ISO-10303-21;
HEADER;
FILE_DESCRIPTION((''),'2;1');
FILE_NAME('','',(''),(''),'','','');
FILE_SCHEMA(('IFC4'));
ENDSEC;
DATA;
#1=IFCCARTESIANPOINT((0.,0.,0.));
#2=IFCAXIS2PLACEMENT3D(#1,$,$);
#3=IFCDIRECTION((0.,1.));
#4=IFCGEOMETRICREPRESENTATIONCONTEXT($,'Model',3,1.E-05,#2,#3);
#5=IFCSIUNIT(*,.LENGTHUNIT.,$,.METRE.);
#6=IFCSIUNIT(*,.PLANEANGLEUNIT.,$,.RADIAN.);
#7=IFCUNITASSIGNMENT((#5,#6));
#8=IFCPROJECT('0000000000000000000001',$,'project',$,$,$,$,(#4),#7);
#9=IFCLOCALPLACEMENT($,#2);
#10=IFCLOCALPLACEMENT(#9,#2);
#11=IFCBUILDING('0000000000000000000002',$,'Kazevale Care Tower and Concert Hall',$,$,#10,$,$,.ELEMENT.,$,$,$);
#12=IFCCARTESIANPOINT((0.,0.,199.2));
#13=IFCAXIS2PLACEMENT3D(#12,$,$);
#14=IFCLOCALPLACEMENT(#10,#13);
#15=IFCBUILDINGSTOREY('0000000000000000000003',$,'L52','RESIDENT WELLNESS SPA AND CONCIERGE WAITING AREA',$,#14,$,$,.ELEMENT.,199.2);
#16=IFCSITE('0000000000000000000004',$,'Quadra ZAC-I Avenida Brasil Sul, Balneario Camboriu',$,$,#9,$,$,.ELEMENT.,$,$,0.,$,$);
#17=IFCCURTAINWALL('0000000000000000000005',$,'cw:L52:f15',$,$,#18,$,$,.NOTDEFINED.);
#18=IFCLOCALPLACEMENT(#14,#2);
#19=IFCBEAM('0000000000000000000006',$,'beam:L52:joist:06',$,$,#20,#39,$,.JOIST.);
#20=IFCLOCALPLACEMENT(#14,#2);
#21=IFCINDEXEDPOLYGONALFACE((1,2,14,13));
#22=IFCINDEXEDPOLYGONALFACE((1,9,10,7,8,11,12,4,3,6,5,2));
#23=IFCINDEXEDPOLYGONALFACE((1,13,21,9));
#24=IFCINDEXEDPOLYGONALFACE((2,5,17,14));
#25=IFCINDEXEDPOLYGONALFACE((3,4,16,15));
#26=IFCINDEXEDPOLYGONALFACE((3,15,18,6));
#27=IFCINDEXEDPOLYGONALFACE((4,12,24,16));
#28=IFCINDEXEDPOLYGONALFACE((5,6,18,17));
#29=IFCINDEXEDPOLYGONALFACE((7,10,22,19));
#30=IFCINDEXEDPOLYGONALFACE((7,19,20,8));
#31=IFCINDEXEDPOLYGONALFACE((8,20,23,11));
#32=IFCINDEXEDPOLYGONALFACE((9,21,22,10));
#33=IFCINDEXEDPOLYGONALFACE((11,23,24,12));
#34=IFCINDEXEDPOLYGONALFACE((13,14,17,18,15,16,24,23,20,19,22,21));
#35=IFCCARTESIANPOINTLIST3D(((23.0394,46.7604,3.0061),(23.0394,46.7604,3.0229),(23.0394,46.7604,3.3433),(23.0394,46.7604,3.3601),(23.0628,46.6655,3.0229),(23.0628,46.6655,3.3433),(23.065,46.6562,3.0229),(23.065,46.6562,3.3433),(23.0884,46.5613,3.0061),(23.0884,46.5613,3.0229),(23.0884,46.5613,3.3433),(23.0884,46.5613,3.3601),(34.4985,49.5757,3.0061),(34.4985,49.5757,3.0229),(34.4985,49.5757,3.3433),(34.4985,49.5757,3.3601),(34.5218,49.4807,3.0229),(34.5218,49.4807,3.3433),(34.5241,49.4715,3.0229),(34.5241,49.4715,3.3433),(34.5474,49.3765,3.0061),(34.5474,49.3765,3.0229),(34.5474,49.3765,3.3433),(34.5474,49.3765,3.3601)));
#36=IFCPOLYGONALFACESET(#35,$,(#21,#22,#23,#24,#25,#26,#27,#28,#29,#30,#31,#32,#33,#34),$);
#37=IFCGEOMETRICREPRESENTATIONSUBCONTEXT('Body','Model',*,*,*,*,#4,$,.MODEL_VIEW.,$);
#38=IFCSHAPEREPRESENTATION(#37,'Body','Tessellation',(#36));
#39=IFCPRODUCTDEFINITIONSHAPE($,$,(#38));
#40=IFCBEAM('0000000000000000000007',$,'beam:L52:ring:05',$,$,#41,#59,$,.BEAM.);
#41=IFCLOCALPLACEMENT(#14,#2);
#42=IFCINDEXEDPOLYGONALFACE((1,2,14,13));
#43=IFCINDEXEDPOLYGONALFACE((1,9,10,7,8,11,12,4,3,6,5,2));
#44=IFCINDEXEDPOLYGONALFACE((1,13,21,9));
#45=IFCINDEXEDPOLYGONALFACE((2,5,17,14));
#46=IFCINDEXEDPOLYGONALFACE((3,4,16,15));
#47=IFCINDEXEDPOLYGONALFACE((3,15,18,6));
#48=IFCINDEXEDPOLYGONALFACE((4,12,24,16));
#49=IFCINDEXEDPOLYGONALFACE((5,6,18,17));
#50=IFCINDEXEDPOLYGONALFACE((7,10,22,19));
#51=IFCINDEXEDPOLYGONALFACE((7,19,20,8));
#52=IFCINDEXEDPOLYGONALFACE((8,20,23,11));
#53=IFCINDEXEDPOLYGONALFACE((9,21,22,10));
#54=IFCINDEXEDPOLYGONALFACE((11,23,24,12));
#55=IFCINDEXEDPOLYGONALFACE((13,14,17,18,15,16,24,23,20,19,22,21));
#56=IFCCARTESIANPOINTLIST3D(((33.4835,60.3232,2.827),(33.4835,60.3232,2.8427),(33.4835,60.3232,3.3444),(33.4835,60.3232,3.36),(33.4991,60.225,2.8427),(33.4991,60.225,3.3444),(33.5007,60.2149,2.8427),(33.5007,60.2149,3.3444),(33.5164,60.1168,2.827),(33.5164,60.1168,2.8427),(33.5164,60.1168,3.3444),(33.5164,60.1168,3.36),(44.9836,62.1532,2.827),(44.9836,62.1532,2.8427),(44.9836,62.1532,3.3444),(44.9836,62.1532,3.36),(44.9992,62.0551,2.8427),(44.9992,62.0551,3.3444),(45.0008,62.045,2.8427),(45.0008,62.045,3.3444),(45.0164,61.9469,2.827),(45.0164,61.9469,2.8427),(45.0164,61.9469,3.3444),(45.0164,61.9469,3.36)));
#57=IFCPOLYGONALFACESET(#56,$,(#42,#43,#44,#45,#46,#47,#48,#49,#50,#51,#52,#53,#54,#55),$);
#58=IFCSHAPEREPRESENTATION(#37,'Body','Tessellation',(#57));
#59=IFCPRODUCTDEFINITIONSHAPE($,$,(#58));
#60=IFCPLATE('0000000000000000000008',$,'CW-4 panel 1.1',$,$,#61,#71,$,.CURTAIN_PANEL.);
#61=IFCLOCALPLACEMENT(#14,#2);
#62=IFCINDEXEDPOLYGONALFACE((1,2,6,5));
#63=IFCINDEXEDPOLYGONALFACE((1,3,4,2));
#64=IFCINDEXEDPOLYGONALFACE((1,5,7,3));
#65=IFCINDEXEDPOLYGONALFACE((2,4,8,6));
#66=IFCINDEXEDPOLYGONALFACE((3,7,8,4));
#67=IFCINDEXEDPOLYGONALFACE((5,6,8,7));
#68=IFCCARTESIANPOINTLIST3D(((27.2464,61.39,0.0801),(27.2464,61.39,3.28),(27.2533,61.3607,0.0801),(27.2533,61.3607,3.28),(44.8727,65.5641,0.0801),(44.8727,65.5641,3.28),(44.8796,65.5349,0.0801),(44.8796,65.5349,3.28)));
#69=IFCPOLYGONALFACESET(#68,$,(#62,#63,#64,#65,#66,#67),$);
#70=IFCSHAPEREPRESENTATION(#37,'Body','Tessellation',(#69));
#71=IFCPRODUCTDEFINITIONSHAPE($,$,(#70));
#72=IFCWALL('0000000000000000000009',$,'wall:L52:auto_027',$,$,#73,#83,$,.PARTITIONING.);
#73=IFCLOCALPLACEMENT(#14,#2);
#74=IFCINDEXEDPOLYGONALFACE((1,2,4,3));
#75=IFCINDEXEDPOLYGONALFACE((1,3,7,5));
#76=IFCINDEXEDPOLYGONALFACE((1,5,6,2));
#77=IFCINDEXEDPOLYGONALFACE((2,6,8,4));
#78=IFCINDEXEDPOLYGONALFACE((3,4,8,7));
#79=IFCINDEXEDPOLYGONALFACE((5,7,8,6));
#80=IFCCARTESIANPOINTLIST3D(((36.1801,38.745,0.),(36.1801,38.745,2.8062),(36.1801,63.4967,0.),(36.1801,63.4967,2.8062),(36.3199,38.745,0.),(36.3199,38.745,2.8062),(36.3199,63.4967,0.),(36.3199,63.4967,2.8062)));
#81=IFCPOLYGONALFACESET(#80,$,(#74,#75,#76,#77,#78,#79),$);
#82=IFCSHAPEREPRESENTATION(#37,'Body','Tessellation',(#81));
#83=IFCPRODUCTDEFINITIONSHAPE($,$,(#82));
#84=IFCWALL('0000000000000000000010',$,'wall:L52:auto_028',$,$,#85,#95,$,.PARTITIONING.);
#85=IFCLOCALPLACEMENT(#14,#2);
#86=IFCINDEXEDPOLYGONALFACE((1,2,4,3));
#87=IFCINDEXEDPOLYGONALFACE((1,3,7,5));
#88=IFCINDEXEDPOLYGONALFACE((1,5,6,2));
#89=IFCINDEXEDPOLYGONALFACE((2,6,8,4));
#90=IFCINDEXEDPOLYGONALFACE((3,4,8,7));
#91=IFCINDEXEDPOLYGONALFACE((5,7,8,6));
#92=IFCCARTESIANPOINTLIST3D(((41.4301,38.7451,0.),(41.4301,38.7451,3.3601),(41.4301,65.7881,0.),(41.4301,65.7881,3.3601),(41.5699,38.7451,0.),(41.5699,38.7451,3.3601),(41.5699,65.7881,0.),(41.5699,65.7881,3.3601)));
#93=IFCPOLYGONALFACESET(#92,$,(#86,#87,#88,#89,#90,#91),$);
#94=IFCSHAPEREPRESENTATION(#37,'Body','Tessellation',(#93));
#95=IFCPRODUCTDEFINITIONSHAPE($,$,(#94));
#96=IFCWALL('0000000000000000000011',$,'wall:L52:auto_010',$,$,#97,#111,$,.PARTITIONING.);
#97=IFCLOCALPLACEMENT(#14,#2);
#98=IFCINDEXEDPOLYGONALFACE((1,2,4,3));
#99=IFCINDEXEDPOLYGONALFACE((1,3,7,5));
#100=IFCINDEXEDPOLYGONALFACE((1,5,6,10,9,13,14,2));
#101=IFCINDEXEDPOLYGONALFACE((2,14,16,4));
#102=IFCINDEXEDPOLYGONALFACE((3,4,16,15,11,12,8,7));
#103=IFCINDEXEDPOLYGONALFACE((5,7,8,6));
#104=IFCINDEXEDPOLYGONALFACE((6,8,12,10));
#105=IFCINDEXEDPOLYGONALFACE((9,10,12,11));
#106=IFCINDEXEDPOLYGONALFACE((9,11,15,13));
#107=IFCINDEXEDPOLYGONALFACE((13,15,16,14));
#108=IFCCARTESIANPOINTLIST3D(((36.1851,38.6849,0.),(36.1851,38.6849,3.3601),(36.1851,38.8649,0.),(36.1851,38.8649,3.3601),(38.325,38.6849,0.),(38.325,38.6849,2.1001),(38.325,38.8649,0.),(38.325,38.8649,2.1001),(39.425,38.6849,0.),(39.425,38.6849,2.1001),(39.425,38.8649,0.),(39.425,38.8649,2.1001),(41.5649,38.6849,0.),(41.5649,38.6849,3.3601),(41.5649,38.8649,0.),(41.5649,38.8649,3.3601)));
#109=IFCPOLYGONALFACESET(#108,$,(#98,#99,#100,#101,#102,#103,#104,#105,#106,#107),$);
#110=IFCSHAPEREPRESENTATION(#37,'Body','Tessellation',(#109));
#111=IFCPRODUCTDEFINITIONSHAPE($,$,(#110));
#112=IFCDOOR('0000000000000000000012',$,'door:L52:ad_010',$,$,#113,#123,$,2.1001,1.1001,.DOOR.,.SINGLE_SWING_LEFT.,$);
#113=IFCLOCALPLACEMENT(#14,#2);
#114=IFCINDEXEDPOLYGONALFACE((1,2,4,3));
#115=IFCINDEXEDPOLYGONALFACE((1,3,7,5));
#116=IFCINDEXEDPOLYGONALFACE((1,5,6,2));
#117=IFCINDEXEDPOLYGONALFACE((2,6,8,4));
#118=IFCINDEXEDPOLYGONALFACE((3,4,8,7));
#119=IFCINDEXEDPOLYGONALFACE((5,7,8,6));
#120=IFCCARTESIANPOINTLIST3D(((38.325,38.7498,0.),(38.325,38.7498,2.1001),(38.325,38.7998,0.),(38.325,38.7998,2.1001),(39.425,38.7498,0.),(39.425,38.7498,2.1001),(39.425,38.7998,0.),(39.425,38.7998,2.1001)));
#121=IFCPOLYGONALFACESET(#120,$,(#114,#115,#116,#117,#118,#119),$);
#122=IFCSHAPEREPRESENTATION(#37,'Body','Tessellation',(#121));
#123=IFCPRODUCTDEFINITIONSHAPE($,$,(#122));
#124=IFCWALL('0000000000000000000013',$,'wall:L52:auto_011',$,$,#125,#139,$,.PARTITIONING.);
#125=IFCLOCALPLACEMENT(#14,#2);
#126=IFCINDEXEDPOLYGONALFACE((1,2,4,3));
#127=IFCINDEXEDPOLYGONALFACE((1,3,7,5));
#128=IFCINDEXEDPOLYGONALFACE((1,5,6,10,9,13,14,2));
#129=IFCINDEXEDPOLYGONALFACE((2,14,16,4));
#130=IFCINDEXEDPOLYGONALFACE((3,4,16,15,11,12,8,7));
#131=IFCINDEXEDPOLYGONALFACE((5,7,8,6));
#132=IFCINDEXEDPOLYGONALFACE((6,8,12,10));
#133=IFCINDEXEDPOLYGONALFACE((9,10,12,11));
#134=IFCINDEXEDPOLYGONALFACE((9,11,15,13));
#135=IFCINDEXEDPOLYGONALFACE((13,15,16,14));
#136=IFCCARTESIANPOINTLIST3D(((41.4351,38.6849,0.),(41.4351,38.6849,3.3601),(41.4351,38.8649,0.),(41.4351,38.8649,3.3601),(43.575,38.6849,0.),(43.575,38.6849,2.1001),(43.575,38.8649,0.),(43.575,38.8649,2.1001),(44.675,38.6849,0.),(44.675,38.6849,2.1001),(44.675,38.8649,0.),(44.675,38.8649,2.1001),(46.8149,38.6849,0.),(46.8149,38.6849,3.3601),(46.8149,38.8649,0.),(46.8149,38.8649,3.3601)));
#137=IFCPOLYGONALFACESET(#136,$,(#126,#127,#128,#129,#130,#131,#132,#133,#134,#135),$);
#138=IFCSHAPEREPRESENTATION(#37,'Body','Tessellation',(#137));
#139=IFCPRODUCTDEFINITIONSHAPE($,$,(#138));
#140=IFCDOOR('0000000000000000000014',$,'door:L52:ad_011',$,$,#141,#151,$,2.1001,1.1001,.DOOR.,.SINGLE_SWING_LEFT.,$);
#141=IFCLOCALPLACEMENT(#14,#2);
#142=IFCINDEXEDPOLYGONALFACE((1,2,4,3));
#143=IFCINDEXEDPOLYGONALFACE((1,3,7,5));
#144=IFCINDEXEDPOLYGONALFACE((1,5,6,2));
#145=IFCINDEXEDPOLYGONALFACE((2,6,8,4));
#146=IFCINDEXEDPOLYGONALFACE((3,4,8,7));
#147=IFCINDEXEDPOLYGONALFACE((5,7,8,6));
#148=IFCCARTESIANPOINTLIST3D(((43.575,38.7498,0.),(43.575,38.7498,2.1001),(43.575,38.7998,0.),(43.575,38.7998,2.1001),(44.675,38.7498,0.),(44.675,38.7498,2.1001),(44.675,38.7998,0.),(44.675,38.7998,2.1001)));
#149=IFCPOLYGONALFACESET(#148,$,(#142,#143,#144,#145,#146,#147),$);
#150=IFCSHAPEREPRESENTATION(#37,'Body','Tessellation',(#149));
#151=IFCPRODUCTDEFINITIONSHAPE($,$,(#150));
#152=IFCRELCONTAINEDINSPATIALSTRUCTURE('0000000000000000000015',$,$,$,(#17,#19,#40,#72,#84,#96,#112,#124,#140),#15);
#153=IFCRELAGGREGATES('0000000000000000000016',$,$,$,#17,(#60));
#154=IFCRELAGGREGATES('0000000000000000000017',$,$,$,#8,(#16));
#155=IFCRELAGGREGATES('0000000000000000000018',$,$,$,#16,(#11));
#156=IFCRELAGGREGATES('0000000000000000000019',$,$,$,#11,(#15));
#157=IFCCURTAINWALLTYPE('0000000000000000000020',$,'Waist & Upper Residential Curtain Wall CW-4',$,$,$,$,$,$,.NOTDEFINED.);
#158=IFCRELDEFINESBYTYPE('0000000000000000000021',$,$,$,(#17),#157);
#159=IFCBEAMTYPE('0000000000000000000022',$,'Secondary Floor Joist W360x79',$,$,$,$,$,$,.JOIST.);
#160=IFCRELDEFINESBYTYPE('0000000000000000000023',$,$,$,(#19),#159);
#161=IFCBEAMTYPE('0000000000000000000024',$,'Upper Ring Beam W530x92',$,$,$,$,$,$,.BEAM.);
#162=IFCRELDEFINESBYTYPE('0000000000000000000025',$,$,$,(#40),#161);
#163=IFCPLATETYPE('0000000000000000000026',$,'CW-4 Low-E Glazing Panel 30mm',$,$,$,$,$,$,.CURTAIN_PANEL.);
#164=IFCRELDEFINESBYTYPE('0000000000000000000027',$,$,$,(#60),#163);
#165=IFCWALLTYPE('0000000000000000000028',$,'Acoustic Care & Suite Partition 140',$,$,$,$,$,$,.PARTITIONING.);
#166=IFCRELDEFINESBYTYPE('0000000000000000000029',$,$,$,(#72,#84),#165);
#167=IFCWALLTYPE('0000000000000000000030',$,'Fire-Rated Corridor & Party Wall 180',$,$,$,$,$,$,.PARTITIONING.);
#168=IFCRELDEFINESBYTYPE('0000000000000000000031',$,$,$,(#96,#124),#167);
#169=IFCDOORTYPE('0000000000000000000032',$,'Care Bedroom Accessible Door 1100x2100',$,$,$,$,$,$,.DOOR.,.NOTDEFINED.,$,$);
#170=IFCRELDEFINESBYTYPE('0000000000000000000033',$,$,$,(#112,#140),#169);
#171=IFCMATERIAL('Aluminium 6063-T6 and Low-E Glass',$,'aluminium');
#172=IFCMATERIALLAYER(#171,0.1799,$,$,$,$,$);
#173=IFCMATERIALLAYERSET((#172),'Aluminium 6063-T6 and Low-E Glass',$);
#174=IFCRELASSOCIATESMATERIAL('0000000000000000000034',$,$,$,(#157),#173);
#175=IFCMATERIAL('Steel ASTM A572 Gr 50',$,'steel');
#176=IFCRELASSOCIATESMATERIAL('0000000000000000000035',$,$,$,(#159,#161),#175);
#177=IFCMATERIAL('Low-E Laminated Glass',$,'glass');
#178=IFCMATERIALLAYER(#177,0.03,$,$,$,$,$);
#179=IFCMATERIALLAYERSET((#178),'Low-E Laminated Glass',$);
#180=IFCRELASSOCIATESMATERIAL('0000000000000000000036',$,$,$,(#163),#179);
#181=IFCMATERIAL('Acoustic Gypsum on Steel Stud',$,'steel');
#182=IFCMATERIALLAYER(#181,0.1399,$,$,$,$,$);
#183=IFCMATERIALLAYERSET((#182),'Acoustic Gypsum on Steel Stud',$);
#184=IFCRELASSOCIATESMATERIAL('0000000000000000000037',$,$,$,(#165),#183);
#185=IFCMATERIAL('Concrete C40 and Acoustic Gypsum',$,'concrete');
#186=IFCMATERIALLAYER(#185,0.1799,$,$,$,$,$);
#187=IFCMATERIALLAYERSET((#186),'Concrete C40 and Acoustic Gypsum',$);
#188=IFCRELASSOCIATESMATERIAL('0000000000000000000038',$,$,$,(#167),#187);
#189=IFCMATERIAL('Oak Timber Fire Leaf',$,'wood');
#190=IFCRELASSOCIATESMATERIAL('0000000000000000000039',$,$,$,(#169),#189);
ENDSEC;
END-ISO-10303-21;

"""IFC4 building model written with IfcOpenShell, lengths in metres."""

from ifc_helpers import new_model, si_unit, direction, frame, frame_2d, origin, origin_2d, place, context, subcontext, project, spatial, rectangle, i_section, extrude, material, layer, layer_set, material_profile, profile_set, type_object, element, fill, aggregate, save


model = new_model("IFC4")

# Units and contexts
model_context = context("Model", 3, precision=1e-05, world=origin(), true_north=direction((0.0, 1.0)))
body_context = subcontext(model_context, "Body", "Model", "MODEL_VIEW")
ifc_project = project(units=[si_unit("LENGTHUNIT", "METRE"), si_unit("PLANEANGLEUNIT", "RADIAN")], contexts=[model_context])

# Site, building, storey
site_placement = place(None, origin())
site = spatial("IfcSite", under=ifc_project, at=site_placement, Name="Quadra ZAC-I Avenida Brasil Sul, Balneario Camboriu", CompositionType="ELEMENT", RefElevation=0.0)
building_placement = place(site_placement, origin())
building = spatial("IfcBuilding", under=site, at=building_placement, Name="Kazevale Care Tower and Concert Hall", CompositionType="ELEMENT")
storey_placement = place(building_placement, frame((0.0, 0.0, 199.2)))
storey = spatial("IfcBuildingStorey", under=building, at=storey_placement, Name="L52", Description="RESIDENT WELLNESS SPA AND CONCIERGE WAITING AREA", CompositionType="ELEMENT", Elevation=199.2)

# Shared definitions
ifc_material_1 = material(Name="Aluminium 6063-T6 and Low-E Glass", Category="aluminium")

# Curtain wall
ifc_layer_1 = layer(ifc_material_1, 0.1799)
ifc_layer_set_1 = layer_set([ifc_layer_1], Name="Aluminium 6063-T6 and Low-E Glass")
curtain_wall_type_1 = type_object("IfcCurtainWallType", Name="Waist & Upper Residential Curtain Wall CW-4", PredefinedType="NOTDEFINED", material=ifc_layer_set_1)
curtain_wall_1_placement = place(storey_placement, origin())
curtain_wall_1 = element("IfcCurtainWall", 1, at=curtain_wall_1_placement, inside=storey, type_object=curtain_wall_type_1, Name="cw:L52:f15", PredefinedType="NOTDEFINED")

# Beams
ifc_material_2 = material(Name="Steel ASTM A572 Gr 50", Category="steel")
ifc_material_profile_1 = material_profile(ifc_material_2, i_section(OverallWidth=0.2051, OverallDepth=0.354, WebThickness=0.0095, FlangeThickness=0.0168, at=origin_2d()), Name="W360x79")
ifc_profile_set_1 = profile_set([ifc_material_profile_1], Name="Steel ASTM A572 Gr 50")
beam_type_1 = type_object("IfcBeamType", Name="Secondary Floor Joist W360x79", PredefinedType="JOIST", material=ifc_profile_set_1)
beam_1_placement = place(storey_placement, frame((34.5229, 49.4761, 3.1831), z_axis=(-0.971123, -0.238581, 0.0), x_axis=(0.238581, -0.971123, 0.0)))
element("IfcBeam", 2, at=beam_1_placement, inside=storey, type_object=beam_type_1, Name="beam:L52:joist:06", PredefinedType="JOIST", context=body_context, shape_type="SweptSolid", body=[
    extrude(i_section(OverallWidth=0.2051, OverallDepth=0.354, WebThickness=0.0095, FlangeThickness=0.0168, at=origin_2d()), origin(), (0.0, 0.0, 1.0), 11.7998),
])
ifc_material_profile_2 = material_profile(ifc_material_2, i_section(OverallWidth=0.209, OverallDepth=0.533, WebThickness=0.0103, FlangeThickness=0.0156, at=origin_2d()), Name="W530x92")
ifc_profile_set_2 = profile_set([ifc_material_profile_2], Name="Steel ASTM A572 Gr 50")
beam_type_2 = type_object("IfcBeamType", Name="Upper Ring Beam W530x92", PredefinedType="BEAM", material=ifc_profile_set_2)
beam_2_placement = place(storey_placement, frame((45.0, 62.05, 3.0935), z_axis=(-0.987573, -0.15716, 0.0), x_axis=(0.15716, -0.987573, 0.0)))
element("IfcBeam", 3, at=beam_2_placement, inside=storey, type_object=beam_type_2, Name="beam:L52:ring:05", PredefinedType="BEAM", context=body_context, shape_type="SweptSolid", body=[
    extrude(i_section(OverallWidth=0.209, OverallDepth=0.533, WebThickness=0.0103, FlangeThickness=0.0156, at=origin_2d()), origin(), (0.0, 0.0, 1.0), 11.6448),
])

# Plate
ifc_material_3 = material(Name="Low-E Laminated Glass", Category="glass")
ifc_layer_2 = layer(ifc_material_3, 0.03)
ifc_layer_set_2 = layer_set([ifc_layer_2], Name="Low-E Laminated Glass")
plate_type = type_object("IfcPlateType", Name="CW-4 Low-E Glazing Panel 30mm", PredefinedType="CURTAIN_PANEL", material=ifc_layer_set_2)
plate_placement = place(storey_placement, frame((36.063, 63.4624, 0.0801), z_axis=(0.0, 0.0, 1.0), x_axis=(0.973087, 0.230439, 0.0)))
plate = element("IfcPlate", 4, at=plate_placement, type_object=plate_type, Name="CW-4 panel 1.1", PredefinedType="CURTAIN_PANEL", context=body_context, shape_type="SweptSolid", body=[
    extrude(rectangle(XDim=18.1138, YDim=0.03, at=origin_2d()), origin(), (0.0, 0.0, 1.0), 3.2),
])
aggregate(curtain_wall_1, [plate])

# Walls
ifc_material_4 = material(Name="Acoustic Gypsum on Steel Stud", Category="steel")
ifc_layer_3 = layer(ifc_material_4, 0.1399)
ifc_layer_set_3 = layer_set([ifc_layer_3], Name="Acoustic Gypsum on Steel Stud")
wall_type_1 = type_object("IfcWallType", Name="Acoustic Care & Suite Partition 140", PredefinedType="PARTITIONING", material=ifc_layer_set_3)
wall_1_placement = place(storey_placement, frame((36.25, 63.4968, 0.0), z_axis=(0.0, 0.0, 1.0), x_axis=(0.0, -1.0, 0.0)))
element("IfcWall", 5, at=wall_1_placement, inside=storey, type_object=wall_type_1, Name="wall:L52:auto_027", PredefinedType="PARTITIONING", context=body_context, shape_type="SweptSolid", body=[
    extrude(rectangle(XDim=24.7517, YDim=0.1399, at=frame_2d((12.376, 0.0))), origin(), (0.0, 0.0, 1.0), 2.8062),
])
wall_2_placement = place(storey_placement, frame((41.5, 65.7881, 0.0), z_axis=(0.0, 0.0, 1.0), x_axis=(0.0, -1.0, 0.0)))
element("IfcWall", 6, at=wall_2_placement, inside=storey, type_object=wall_type_1, Name="wall:L52:auto_028", PredefinedType="PARTITIONING", context=body_context, shape_type="SweptSolid", body=[
    extrude(rectangle(XDim=27.043, YDim=0.1399, at=frame_2d((13.5215, 0.0))), origin(), (0.0, 0.0, 1.0), 3.3601),
])

# Walls, openings, doors
ifc_material_5 = material(Name="Concrete C40 and Acoustic Gypsum", Category="concrete")
ifc_layer_4 = layer(ifc_material_5, 0.1799)
ifc_layer_set_4 = layer_set([ifc_layer_4], Name="Concrete C40 and Acoustic Gypsum")
wall_type_2 = type_object("IfcWallType", Name="Fire-Rated Corridor & Party Wall 180", PredefinedType="PARTITIONING", material=ifc_layer_set_4)
wall_3_placement = place(storey_placement, frame((36.1851, 38.7749, 0.0), z_axis=(0.0, 0.0, 1.0), x_axis=(1.0, 0.0, 0.0)))
wall_3 = element("IfcWall", 7, at=wall_3_placement, inside=storey, type_object=wall_type_2, Name="wall:L52:auto_010", PredefinedType="PARTITIONING", context=body_context, shape_type="SweptSolid", body=[
    extrude(rectangle(XDim=5.3799, YDim=0.1799, at=frame_2d((2.6899, 0.0))), origin(), (0.0, 0.0, 1.0), 3.3601),
])
opening_1_placement = place(wall_3_placement, frame((2.1399, 0.0, 0.0)))
opening_1 = element("IfcOpeningElement", 8, at=opening_1_placement, cuts=wall_3, PredefinedType="OPENING", context=body_context, shape_type="SweptSolid", body=[
    extrude(rectangle(XDim=1.1001, YDim=2.1001, at=frame_2d((0.55, 1.05))), frame((0.0, 0.0999, 0.0), z_axis=(0.0, -1.0, 0.0), x_axis=(1.0, 0.0, 0.0)), (0.0, 0.0, 1.0), 0.2),
])
ifc_material_6 = material(Name="Oak Timber Fire Leaf", Category="wood")
door_type = type_object("IfcDoorType", Name="Care Bedroom Accessible Door 1100x2100", OperationType="NOTDEFINED", PredefinedType="DOOR", material=ifc_material_6)
door_1_placement = place(opening_1_placement, origin())
door_1 = element("IfcDoor", 9, at=door_1_placement, inside=storey, type_object=door_type, Name="door:L52:ad_010", OperationType="SINGLE_SWING_LEFT", OverallHeight=2.1001, OverallWidth=1.1001, PredefinedType="DOOR", context=body_context, shape_type="SweptSolid", body=[
    extrude(rectangle(XDim=1.1001, YDim=2.1001, at=frame_2d((0.55, 1.05))), frame((0.0, 0.0249, 0.0), z_axis=(0.0, -1.0, 0.0), x_axis=(1.0, 0.0, 0.0)), (0.0, 0.0, 1.0), 0.05),
])
fill(opening_1, door_1)
wall_4_placement = place(storey_placement, frame((41.4351, 38.7749, 0.0), z_axis=(0.0, 0.0, 1.0), x_axis=(1.0, 0.0, 0.0)))
wall_4 = element("IfcWall", 10, at=wall_4_placement, inside=storey, type_object=wall_type_2, Name="wall:L52:auto_011", PredefinedType="PARTITIONING", context=body_context, shape_type="SweptSolid", body=[
    extrude(rectangle(XDim=5.3799, YDim=0.1799, at=frame_2d((2.6899, 0.0))), origin(), (0.0, 0.0, 1.0), 3.3601),
])
opening_2_placement = place(wall_4_placement, frame((2.1399, 0.0, 0.0)))
opening_2 = element("IfcOpeningElement", 11, at=opening_2_placement, cuts=wall_4, PredefinedType="OPENING", context=body_context, shape_type="SweptSolid", body=[
    extrude(rectangle(XDim=1.1001, YDim=2.1001, at=frame_2d((0.55, 1.05))), frame((0.0, 0.0999, 0.0), z_axis=(0.0, -1.0, 0.0), x_axis=(1.0, 0.0, 0.0)), (0.0, 0.0, 1.0), 0.2),
])
door_2_placement = place(opening_2_placement, origin())
door_2 = element("IfcDoor", 12, at=door_2_placement, inside=storey, type_object=door_type, Name="door:L52:ad_011", OperationType="SINGLE_SWING_LEFT", OverallHeight=2.1001, OverallWidth=1.1001, PredefinedType="DOOR", context=body_context, shape_type="SweptSolid", body=[
    extrude(rectangle(XDim=1.1001, YDim=2.1001, at=frame_2d((0.55, 1.05))), frame((0.0, 0.0249, 0.0), z_axis=(0.0, -1.0, 0.0), x_axis=(1.0, 0.0, 0.0)), (0.0, 0.0, 1.0), 0.05),
])
fill(opening_2, door_2)

save(model, "model.ifc")
